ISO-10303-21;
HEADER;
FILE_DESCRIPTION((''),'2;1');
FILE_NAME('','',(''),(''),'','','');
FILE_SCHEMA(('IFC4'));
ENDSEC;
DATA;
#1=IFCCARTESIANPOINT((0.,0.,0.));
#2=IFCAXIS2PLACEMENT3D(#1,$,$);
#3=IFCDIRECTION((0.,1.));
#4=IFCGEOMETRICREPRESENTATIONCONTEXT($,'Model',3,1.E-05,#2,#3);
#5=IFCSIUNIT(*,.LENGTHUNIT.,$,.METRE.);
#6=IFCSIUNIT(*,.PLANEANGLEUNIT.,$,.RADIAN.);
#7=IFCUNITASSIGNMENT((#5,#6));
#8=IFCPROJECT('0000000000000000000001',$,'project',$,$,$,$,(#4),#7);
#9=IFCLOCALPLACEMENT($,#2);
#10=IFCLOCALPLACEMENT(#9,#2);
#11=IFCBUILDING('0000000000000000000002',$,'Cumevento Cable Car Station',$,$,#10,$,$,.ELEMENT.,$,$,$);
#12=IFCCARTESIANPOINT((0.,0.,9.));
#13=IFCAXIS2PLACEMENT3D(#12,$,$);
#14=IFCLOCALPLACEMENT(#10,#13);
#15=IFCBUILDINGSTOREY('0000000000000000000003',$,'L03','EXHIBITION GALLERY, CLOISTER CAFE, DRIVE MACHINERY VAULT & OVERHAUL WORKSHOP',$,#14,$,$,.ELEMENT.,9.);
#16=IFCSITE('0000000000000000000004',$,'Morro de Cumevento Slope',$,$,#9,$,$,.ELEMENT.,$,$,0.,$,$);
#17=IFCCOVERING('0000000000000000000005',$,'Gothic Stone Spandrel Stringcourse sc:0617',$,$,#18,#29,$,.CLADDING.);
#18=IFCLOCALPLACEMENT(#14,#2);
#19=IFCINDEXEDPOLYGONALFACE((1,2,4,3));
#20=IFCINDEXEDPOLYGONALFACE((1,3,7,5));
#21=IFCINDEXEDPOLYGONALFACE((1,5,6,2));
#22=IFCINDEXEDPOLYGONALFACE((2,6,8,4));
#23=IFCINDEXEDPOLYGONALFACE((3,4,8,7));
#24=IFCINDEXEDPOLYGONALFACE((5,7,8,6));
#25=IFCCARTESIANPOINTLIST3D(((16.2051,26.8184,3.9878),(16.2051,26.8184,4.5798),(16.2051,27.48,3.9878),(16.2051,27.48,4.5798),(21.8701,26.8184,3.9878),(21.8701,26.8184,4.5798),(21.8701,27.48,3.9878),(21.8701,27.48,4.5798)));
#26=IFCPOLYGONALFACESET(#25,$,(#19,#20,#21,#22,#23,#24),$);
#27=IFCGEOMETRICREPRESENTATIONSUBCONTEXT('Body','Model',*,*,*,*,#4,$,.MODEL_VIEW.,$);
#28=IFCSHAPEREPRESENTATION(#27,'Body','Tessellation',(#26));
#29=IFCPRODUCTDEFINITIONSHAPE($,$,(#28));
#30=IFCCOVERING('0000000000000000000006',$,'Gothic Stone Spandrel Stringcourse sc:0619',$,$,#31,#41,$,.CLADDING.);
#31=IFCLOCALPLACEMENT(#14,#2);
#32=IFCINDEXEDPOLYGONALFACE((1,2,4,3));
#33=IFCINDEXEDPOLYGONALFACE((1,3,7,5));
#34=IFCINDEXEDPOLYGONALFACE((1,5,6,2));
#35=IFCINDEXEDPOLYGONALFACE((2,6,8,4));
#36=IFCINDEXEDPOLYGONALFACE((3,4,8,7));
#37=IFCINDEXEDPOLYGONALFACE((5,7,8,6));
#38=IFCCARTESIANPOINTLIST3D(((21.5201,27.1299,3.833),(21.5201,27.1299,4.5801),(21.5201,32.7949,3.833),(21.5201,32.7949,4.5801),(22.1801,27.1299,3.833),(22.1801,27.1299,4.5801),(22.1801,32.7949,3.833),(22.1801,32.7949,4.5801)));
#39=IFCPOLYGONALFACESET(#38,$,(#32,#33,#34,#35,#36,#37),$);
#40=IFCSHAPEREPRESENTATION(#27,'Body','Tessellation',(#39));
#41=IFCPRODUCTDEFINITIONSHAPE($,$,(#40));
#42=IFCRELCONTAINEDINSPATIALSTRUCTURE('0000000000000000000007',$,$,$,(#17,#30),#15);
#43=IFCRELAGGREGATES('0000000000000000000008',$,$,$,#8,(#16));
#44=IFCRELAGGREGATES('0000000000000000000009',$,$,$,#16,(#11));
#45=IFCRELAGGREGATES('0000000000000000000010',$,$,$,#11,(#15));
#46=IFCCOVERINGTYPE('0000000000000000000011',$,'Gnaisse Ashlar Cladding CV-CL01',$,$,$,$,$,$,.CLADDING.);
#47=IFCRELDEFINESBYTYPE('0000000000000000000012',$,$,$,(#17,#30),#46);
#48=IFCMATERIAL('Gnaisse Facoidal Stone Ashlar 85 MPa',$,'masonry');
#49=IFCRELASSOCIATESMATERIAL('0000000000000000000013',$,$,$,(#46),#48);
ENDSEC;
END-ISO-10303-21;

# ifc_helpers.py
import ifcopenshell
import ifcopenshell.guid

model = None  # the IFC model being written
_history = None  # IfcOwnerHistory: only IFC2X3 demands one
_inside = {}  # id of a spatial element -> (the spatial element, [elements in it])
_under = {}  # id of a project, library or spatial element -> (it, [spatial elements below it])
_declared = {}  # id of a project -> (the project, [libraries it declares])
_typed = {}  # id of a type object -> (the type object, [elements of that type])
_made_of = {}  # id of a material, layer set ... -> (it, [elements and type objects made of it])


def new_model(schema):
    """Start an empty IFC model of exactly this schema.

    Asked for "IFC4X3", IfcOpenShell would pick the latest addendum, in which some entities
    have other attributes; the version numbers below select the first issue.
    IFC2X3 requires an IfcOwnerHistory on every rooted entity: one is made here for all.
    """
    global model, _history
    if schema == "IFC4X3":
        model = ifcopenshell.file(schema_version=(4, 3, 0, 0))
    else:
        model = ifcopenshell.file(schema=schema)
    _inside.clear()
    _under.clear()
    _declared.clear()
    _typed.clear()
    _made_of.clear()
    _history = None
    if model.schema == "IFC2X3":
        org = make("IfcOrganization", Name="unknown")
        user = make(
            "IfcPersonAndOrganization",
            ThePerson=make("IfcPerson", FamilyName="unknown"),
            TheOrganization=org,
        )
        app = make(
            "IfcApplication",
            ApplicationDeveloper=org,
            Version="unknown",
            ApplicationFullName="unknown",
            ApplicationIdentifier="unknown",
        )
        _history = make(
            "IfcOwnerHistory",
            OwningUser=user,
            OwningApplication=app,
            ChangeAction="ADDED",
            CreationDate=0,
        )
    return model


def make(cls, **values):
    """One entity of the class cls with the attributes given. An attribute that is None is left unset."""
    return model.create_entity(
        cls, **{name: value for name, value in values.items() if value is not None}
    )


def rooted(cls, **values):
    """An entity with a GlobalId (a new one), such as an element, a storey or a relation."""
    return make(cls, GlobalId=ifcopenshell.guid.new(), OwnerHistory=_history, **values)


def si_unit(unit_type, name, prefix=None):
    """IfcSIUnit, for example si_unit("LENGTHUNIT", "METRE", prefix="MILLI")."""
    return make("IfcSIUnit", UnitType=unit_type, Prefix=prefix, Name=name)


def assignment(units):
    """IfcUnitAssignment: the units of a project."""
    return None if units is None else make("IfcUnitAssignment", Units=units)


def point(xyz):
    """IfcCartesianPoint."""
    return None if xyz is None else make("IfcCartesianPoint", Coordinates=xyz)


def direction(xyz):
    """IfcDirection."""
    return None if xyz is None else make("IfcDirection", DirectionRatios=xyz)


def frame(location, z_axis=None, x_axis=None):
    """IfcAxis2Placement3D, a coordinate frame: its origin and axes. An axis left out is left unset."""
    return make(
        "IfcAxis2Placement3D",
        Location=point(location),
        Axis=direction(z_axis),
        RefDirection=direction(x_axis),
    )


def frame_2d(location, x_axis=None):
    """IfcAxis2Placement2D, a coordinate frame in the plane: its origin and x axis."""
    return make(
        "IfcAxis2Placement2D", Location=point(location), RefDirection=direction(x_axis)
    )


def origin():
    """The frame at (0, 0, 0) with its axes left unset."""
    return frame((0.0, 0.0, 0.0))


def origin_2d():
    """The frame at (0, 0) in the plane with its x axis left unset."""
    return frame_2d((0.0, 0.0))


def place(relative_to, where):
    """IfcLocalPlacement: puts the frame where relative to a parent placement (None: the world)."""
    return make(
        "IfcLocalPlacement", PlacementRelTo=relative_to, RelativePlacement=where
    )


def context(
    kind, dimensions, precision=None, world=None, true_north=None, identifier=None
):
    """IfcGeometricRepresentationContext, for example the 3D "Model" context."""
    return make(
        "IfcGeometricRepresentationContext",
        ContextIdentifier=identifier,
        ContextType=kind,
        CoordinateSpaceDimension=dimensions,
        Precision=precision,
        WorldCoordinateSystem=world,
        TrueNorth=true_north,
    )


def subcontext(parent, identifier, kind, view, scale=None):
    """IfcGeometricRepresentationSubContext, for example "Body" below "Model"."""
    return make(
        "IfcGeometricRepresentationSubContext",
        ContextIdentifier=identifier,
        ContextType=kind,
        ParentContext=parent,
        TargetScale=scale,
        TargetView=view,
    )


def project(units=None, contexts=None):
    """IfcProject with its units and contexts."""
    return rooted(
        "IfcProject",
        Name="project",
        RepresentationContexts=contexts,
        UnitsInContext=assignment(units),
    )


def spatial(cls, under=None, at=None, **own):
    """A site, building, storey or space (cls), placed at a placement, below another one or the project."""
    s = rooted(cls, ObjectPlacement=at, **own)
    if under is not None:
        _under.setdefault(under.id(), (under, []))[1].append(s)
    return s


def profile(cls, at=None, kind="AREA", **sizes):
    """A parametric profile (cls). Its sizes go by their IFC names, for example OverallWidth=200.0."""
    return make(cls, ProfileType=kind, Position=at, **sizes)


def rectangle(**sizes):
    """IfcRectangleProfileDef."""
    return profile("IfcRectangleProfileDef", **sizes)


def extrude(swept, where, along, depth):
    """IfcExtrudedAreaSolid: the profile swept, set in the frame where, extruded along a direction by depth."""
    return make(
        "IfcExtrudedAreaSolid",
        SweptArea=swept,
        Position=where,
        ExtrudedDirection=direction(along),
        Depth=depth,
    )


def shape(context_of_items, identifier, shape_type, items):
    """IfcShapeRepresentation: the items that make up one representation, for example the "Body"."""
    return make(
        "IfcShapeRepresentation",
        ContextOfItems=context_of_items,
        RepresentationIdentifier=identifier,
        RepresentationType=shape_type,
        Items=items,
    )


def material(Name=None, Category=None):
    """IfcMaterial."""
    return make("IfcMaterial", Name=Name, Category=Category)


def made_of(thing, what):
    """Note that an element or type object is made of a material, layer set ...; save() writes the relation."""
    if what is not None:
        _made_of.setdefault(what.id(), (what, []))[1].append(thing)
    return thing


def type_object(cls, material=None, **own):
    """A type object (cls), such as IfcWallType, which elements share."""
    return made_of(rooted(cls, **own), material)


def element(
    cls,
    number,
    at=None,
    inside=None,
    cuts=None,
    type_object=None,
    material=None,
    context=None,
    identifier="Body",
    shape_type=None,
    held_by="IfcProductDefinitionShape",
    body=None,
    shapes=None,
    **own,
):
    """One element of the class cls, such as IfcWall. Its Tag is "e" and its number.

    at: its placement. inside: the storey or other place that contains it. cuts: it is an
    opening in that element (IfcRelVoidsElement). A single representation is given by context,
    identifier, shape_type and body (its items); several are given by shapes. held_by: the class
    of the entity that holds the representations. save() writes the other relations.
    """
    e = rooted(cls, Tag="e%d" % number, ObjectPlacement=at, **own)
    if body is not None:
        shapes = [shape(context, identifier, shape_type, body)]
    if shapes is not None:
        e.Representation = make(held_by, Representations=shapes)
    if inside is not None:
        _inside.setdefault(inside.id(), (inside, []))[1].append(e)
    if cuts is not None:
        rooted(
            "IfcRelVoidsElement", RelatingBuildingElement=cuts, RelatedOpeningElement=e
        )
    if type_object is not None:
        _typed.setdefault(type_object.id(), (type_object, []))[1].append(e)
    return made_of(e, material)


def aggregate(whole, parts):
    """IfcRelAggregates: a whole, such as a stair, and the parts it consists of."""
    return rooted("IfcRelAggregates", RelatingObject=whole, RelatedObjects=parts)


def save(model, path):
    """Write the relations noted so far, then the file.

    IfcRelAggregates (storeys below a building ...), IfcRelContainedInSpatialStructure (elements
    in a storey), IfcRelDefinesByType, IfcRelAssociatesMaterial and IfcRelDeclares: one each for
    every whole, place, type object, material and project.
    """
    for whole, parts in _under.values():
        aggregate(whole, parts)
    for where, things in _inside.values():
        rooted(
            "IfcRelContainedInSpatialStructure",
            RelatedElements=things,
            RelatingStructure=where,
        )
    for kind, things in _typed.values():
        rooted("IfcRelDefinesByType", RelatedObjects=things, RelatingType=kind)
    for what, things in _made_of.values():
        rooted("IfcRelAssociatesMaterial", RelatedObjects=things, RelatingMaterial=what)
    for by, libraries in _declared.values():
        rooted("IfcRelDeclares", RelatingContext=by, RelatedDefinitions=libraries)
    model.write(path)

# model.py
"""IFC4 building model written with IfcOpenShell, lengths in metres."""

from ifc_helpers import new_model, si_unit, direction, frame, origin, origin_2d, place, context, subcontext, project, spatial, rectangle, extrude, material, type_object, element, save


model = new_model("IFC4")

# Units and contexts
model_context = context("Model", 3, precision=1e-05, world=origin(), true_north=direction((0.0, 1.0)))
body_context = subcontext(model_context, "Body", "Model", "MODEL_VIEW")
ifc_project = project(units=[si_unit("LENGTHUNIT", "METRE"), si_unit("PLANEANGLEUNIT", "RADIAN")], contexts=[model_context])

# Site, building, storey
site_placement = place(None, origin())
site = spatial("IfcSite", under=ifc_project, at=site_placement, Name="Morro de Cumevento Slope", CompositionType="ELEMENT", RefElevation=0.0)
building_placement = place(site_placement, origin())
building = spatial("IfcBuilding", under=site, at=building_placement, Name="Cumevento Cable Car Station", CompositionType="ELEMENT")
storey_placement = place(building_placement, frame((0.0, 0.0, 9.0)))
storey = spatial("IfcBuildingStorey", under=building, at=storey_placement, Name="L03", Description="EXHIBITION GALLERY, CLOISTER CAFE, DRIVE MACHINERY VAULT & OVERHAUL WORKSHOP", CompositionType="ELEMENT", Elevation=9.0)

# Coverings
ifc_material_1 = material(Name="Gnaisse Facoidal Stone Ashlar 85 MPa", Category="masonry")
covering_type = type_object("IfcCoveringType", Name="Gnaisse Ashlar Cladding CV-CL01", PredefinedType="CLADDING", material=ifc_material_1)
covering_1_placement = place(storey_placement, frame((19.0376, 27.1492, 3.9878), z_axis=(0.0, 0.0, 1.0), x_axis=(-1.0, 0.0, 0.0)))
element("IfcCovering", 1, at=covering_1_placement, inside=storey, type_object=covering_type, Name="Gothic Stone Spandrel Stringcourse sc:0617", PredefinedType="CLADDING", context=body_context, shape_type="SweptSolid", body=[
    extrude(rectangle(XDim=5.665, YDim=0.6616, at=origin_2d()), origin(), (0.0, 0.0, 1.0), 0.592),
])
covering_2_placement = place(storey_placement, frame((21.8501, 29.9624, 3.833), z_axis=(0.0, 0.0, 1.0), x_axis=(0.0, -1.0, 0.0)))
element("IfcCovering", 2, at=covering_2_placement, inside=storey, type_object=covering_type, Name="Gothic Stone Spandrel Stringcourse sc:0619", PredefinedType="CLADDING", context=body_context, shape_type="SweptSolid", body=[
    extrude(rectangle(XDim=5.665, YDim=0.6599, at=origin_2d()), origin(), (0.0, 0.0, 1.0), 0.7471),
])

save(model, "model.ifc")
